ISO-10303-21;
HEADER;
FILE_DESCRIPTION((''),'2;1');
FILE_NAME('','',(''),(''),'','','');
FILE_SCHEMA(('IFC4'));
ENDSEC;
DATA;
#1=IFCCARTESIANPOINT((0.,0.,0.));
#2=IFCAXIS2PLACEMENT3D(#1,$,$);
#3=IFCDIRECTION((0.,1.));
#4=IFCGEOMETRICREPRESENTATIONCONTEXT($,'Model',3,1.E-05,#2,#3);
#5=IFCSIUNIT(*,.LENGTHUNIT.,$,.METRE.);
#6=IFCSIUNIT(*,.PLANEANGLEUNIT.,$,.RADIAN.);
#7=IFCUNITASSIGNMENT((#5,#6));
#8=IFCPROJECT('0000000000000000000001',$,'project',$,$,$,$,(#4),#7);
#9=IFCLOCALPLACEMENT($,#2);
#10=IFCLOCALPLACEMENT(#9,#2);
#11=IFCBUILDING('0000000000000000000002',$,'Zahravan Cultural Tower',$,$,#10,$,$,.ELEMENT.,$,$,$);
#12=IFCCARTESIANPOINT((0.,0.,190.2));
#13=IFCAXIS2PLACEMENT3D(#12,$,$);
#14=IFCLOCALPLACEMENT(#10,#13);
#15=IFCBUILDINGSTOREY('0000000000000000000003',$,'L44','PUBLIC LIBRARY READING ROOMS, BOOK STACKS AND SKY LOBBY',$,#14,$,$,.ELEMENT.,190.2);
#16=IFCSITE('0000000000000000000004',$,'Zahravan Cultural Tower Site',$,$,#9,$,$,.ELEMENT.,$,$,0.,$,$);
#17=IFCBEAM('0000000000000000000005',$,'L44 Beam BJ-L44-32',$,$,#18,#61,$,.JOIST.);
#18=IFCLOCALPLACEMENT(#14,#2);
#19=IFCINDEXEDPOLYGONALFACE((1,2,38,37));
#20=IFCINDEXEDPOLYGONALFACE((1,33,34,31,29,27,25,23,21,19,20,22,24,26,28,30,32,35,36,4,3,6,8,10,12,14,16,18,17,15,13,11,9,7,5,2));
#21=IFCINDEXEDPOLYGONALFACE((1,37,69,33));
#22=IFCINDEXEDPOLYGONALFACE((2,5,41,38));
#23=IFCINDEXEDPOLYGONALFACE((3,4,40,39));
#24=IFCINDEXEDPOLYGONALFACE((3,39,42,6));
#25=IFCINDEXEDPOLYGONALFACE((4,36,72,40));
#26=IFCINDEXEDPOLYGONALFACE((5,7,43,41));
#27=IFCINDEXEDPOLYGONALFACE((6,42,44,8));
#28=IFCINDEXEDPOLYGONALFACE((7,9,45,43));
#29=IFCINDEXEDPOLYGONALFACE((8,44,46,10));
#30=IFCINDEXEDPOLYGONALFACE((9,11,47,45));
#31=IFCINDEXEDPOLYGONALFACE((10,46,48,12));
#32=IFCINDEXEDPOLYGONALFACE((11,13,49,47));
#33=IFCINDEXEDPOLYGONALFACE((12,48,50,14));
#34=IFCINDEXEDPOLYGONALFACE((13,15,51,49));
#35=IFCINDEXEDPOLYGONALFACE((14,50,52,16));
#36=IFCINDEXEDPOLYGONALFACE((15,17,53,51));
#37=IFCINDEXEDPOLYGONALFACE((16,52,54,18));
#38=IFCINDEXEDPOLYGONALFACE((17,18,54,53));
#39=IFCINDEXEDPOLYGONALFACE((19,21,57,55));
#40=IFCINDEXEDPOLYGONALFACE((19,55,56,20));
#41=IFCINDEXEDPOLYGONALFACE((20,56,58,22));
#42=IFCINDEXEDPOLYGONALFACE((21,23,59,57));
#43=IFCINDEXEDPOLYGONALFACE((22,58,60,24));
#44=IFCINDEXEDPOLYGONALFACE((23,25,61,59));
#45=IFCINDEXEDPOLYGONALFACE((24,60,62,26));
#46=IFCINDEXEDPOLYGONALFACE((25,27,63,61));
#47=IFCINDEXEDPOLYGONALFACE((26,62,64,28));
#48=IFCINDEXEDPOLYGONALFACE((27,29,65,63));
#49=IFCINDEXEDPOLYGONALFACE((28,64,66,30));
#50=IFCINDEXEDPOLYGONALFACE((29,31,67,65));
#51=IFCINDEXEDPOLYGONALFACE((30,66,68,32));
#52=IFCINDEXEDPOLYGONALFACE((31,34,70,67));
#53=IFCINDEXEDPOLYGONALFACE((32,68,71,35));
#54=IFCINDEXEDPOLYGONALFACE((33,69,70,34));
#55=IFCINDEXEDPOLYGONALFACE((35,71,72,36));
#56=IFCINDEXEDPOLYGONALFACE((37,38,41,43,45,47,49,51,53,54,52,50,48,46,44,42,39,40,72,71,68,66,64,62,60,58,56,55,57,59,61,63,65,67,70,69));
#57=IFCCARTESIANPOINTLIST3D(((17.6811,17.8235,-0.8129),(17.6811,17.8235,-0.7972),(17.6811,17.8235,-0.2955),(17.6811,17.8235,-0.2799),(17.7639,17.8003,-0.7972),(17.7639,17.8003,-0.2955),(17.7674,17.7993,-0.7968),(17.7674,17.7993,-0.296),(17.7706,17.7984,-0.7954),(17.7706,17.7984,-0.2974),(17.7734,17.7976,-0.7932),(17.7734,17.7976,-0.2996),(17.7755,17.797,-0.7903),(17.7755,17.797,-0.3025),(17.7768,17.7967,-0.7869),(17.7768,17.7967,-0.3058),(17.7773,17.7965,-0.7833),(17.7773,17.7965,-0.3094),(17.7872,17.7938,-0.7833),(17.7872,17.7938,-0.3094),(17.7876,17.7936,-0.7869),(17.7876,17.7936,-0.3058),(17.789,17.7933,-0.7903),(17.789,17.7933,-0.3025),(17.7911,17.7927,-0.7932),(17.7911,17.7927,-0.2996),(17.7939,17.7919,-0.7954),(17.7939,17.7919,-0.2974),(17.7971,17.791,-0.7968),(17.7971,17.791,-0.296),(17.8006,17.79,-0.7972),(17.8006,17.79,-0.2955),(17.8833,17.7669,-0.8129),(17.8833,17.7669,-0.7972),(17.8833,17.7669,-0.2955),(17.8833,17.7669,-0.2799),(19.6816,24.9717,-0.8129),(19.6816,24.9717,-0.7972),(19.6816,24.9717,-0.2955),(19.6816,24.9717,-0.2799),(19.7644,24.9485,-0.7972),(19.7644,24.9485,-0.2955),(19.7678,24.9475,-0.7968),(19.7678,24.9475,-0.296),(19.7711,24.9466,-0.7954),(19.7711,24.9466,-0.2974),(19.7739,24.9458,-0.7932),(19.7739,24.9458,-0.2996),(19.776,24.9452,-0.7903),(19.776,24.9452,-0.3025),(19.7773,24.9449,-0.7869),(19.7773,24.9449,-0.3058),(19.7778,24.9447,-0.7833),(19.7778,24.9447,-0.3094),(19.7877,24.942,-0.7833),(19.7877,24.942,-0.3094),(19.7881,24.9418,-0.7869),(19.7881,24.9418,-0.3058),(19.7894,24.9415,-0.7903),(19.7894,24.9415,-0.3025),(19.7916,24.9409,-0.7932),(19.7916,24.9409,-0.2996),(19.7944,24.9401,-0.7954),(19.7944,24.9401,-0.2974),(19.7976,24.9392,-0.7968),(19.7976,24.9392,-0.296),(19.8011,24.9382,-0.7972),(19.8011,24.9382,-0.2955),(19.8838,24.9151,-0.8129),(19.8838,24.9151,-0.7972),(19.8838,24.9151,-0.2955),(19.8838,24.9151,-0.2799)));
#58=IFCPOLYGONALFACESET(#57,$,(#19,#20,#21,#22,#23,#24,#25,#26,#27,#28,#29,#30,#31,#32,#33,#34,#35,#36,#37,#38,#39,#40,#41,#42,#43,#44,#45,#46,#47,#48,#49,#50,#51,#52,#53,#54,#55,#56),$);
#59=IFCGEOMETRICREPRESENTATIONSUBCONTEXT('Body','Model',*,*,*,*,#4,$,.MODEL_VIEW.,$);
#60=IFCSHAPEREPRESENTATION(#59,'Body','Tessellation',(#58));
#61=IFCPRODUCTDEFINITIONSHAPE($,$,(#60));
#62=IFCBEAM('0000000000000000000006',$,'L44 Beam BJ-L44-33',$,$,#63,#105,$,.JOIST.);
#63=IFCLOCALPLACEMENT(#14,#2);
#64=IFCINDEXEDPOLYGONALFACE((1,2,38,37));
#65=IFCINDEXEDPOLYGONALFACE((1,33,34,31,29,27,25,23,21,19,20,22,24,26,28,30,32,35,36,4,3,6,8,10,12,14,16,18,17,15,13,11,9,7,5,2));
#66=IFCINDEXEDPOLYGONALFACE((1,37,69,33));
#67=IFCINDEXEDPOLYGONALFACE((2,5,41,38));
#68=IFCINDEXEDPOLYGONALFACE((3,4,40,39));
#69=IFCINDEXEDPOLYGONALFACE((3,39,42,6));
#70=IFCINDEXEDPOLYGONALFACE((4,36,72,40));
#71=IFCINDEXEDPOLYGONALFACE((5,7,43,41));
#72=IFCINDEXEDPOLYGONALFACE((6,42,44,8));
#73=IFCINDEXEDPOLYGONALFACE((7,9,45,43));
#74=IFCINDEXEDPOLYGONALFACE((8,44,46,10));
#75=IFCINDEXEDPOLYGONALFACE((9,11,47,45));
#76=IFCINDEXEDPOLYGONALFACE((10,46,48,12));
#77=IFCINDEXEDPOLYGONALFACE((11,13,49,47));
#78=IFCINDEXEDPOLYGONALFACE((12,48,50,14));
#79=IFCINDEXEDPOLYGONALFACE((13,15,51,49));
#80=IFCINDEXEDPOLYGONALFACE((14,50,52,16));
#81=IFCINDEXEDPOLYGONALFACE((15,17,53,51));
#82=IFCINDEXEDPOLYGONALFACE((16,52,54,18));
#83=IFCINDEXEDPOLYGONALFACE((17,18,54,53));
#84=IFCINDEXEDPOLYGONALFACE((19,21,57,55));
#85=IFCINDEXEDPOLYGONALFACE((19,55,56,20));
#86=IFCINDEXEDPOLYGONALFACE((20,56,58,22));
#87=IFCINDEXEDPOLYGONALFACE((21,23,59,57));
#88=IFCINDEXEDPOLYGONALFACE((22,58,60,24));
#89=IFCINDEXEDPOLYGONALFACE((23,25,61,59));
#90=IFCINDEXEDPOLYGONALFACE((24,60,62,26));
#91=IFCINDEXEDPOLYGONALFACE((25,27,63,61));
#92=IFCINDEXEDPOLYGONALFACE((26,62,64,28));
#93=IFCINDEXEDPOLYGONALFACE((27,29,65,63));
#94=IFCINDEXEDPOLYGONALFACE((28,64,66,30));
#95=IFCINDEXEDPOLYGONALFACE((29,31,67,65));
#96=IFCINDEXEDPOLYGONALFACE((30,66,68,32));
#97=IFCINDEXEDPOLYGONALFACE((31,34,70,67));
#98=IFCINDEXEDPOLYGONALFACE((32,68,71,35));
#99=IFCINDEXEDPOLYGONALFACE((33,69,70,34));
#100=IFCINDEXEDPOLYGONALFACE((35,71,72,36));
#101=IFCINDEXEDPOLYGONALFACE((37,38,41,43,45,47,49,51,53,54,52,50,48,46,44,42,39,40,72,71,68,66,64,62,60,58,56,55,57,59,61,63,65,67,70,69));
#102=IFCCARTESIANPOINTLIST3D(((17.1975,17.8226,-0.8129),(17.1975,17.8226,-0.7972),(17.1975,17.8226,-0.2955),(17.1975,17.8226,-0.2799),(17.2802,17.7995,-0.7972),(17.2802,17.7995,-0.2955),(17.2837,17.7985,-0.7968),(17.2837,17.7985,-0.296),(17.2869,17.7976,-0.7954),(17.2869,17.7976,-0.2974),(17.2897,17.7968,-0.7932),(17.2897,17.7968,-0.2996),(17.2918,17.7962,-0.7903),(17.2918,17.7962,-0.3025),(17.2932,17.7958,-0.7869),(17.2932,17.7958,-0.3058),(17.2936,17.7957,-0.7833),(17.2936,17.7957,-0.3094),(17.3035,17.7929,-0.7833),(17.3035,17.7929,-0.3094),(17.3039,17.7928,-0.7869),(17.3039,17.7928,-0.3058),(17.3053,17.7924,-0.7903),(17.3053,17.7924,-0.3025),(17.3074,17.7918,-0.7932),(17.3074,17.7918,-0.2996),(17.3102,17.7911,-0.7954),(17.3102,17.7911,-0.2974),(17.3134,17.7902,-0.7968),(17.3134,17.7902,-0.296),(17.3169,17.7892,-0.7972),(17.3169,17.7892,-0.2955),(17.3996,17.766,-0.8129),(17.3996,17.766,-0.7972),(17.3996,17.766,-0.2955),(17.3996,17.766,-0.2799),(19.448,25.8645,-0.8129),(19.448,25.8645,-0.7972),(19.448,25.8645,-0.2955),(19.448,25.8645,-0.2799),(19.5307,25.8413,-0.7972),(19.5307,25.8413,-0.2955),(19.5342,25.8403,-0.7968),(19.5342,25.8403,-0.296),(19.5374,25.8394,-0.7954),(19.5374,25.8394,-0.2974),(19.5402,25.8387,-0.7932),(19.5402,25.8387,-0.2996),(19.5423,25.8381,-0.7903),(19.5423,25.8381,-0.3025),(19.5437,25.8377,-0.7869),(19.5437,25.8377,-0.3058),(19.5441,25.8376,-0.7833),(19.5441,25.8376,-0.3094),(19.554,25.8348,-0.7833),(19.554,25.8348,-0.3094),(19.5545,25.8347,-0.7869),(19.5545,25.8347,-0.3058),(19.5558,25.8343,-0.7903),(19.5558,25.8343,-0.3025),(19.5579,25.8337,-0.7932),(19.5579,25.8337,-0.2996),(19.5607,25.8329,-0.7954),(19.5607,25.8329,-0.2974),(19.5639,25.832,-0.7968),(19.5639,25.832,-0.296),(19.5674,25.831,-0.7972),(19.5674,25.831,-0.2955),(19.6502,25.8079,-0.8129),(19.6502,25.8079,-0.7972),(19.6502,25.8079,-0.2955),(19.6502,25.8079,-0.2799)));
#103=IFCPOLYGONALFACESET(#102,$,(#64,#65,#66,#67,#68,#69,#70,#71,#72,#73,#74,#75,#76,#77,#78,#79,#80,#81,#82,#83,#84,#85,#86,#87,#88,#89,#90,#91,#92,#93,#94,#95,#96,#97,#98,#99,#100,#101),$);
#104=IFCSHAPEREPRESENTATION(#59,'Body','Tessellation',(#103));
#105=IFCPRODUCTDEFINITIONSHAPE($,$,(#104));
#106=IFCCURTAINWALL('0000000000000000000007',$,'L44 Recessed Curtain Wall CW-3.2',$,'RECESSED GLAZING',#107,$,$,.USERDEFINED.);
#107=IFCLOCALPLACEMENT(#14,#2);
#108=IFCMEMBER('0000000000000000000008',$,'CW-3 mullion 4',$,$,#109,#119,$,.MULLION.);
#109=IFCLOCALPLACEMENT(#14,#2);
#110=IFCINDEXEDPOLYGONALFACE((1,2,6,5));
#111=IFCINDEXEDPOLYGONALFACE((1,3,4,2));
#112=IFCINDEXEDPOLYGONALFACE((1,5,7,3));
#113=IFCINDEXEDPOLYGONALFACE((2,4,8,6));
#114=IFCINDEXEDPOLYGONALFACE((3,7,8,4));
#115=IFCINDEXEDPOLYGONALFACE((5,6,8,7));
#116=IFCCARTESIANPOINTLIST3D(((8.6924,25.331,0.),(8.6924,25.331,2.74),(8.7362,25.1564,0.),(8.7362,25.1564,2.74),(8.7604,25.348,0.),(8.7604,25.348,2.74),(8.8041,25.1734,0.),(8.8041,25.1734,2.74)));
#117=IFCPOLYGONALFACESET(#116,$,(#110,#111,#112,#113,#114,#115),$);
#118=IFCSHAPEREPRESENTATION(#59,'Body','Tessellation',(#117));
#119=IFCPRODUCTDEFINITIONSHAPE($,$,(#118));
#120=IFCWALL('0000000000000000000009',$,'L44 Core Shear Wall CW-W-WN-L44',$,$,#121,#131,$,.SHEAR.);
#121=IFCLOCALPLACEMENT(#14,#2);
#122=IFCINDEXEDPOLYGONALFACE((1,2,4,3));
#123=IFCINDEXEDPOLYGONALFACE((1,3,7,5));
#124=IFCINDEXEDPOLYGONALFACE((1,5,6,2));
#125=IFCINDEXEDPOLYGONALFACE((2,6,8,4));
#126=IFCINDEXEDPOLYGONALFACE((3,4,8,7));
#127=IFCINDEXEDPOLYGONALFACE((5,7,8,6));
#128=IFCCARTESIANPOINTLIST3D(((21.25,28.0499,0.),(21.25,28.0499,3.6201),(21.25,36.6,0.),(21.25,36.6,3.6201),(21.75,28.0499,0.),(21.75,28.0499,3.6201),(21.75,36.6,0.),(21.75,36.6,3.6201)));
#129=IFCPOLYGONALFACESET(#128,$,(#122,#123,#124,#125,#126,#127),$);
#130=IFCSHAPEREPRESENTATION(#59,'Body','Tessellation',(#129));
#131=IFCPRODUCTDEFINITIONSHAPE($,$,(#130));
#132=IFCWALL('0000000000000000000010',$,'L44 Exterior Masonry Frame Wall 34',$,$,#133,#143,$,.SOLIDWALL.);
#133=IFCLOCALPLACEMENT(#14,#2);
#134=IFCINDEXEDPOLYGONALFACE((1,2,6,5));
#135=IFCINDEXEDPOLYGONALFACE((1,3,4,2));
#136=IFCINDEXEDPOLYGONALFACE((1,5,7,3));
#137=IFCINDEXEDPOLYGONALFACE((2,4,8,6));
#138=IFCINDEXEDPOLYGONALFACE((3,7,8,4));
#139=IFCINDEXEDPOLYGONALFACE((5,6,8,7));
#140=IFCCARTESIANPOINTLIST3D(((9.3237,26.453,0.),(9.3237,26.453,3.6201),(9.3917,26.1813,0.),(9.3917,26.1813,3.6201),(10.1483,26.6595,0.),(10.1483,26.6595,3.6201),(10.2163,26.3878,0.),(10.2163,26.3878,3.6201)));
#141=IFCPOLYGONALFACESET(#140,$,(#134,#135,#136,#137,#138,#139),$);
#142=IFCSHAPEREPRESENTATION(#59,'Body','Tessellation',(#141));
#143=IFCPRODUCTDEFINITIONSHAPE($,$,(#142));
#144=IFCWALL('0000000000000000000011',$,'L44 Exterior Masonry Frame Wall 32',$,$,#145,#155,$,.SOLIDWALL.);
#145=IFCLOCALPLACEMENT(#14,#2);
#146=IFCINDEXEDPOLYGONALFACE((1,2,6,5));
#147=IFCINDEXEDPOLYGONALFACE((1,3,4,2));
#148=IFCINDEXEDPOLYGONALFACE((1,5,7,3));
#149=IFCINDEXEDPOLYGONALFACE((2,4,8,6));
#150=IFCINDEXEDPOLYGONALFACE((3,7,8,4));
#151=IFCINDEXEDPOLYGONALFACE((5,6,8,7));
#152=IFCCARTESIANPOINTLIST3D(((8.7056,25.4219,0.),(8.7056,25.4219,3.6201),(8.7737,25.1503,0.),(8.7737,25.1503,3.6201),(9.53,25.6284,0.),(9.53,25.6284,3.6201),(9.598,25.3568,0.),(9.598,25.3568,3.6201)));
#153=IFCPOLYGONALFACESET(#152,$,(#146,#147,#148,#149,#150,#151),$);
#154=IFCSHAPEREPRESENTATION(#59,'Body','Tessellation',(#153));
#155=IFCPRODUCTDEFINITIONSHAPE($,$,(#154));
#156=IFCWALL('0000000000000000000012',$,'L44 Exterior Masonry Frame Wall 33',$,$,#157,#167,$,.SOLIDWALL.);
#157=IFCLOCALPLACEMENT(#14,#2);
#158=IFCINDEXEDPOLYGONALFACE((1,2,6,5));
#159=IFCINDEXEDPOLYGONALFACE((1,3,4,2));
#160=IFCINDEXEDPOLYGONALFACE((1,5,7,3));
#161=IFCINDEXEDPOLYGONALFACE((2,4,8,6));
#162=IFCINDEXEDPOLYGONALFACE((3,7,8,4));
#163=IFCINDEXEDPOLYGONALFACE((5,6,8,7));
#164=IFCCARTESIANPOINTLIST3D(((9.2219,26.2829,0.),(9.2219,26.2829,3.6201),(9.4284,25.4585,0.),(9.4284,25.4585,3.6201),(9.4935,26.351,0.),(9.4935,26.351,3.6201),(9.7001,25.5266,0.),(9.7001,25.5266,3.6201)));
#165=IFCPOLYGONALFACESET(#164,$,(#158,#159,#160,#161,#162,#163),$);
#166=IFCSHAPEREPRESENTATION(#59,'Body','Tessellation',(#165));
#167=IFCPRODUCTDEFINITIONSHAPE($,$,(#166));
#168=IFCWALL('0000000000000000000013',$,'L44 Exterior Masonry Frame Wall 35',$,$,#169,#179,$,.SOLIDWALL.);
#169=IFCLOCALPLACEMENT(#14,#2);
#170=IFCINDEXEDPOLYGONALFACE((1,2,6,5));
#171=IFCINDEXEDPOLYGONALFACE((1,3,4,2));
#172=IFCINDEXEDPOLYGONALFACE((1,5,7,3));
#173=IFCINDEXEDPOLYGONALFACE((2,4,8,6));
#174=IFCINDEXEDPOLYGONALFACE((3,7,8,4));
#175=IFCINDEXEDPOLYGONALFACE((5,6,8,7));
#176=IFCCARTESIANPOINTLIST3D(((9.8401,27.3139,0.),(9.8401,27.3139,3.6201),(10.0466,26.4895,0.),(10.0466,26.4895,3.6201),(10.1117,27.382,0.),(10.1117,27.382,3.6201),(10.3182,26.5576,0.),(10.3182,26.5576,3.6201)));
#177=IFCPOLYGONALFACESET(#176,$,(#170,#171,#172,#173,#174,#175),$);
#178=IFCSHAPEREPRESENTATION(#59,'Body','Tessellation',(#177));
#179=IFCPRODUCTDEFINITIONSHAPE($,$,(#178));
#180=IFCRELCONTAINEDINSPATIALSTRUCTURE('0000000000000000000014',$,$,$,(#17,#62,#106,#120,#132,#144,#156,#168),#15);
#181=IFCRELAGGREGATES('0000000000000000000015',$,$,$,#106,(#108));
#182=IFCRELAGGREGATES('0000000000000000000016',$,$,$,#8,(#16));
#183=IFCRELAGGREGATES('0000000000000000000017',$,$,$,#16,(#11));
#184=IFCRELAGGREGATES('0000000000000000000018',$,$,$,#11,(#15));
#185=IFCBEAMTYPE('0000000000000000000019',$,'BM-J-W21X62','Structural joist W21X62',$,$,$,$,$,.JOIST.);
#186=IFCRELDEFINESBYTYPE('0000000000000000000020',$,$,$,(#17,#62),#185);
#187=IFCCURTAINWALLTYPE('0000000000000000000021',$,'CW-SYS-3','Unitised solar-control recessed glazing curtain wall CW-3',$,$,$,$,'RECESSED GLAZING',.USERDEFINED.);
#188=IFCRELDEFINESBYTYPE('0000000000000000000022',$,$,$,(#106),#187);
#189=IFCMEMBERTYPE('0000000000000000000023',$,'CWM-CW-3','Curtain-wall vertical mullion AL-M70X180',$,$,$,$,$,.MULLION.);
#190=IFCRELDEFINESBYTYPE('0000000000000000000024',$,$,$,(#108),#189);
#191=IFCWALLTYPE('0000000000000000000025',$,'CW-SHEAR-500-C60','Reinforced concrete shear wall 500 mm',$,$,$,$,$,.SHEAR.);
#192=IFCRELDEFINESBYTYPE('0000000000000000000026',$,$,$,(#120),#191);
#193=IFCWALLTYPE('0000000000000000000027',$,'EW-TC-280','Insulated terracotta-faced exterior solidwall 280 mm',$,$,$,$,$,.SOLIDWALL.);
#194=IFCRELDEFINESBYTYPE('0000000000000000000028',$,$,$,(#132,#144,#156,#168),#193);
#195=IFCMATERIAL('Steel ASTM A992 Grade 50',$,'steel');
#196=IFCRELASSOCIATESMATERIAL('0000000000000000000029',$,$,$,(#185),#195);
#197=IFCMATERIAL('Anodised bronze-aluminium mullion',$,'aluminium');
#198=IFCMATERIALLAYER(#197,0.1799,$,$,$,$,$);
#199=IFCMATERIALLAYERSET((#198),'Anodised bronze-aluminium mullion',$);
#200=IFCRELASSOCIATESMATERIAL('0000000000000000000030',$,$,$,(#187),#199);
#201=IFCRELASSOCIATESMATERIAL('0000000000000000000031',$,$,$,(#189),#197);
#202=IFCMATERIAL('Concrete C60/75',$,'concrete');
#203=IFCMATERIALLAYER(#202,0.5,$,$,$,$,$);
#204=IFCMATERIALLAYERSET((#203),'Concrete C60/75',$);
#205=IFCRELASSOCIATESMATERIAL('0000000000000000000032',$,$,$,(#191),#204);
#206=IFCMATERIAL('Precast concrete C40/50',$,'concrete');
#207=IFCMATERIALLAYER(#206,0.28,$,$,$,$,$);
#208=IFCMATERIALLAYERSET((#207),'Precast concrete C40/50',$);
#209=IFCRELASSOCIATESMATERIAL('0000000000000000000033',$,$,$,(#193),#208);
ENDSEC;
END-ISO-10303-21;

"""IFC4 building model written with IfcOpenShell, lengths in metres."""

from ifc_helpers import new_model, si_unit, direction, frame, frame_2d, origin, origin_2d, place, context, subcontext, project, spatial, rectangle, i_section, extrude, source, transform, mapped, material, layer, layer_set, material_profile, profile_set, type_object, element, aggregate, save


model = new_model("IFC4")

# Units and contexts
model_context = context("Model", 3, precision=1e-05, world=origin(), true_north=direction((0.0, 1.0)))
body_context = subcontext(model_context, "Body", "Model", "MODEL_VIEW")
ifc_project = project(units=[si_unit("LENGTHUNIT", "METRE"), si_unit("PLANEANGLEUNIT", "RADIAN")], contexts=[model_context])

# Site, building, storey
site_placement = place(None, origin())
site = spatial("IfcSite", under=ifc_project, at=site_placement, Name="Zahravan Cultural Tower Site", CompositionType="ELEMENT", RefElevation=0.0)
building_placement = place(site_placement, origin())
building = spatial("IfcBuilding", under=site, at=building_placement, Name="Zahravan Cultural Tower", CompositionType="ELEMENT")
storey_placement = place(building_placement, frame((0.0, 0.0, 190.2)))
storey = spatial("IfcBuildingStorey", under=building, at=storey_placement, Name="L44", Description="PUBLIC LIBRARY READING ROOMS, BOOK STACKS AND SKY LOBBY", CompositionType="ELEMENT", Elevation=190.2)

# Shared definitions
ifc_material_1 = material(Name="Steel ASTM A992 Grade 50", Category="steel")

# Beams
ifc_material_profile_1 = material_profile(ifc_material_1, i_section(OverallWidth=0.21, OverallDepth=0.533, WebThickness=0.0103, FlangeThickness=0.0156, FilletRadius=0.0139, at=origin_2d()), Name="W21X62")
ifc_profile_set_1 = profile_set([ifc_material_profile_1], Name="Steel ASTM A992 Grade 50")
beam_type_1 = type_object("IfcBeamType", Name="BM-J-W21X62", Description="Structural joist W21X62", PredefinedType="JOIST", material=ifc_profile_set_1)
shared_shape_1 = source(origin(), body_context, "Body", "SweptSolid", [
    extrude(i_section(OverallWidth=0.21, OverallDepth=0.533, WebThickness=0.0103, FlangeThickness=0.0156, FilletRadius=0.0139, at=origin_2d()), origin(), (0.0, 0.0, 1.0), 7.4229),
])
beam_1_placement = place(storey_placement, frame((19.7827, 24.9434, -0.5464), z_axis=(-0.269504, -0.962999, 0.0), x_axis=(0.962999, -0.269504, 0.0)))
element("IfcBeam", 1, at=beam_1_placement, inside=storey, type_object=beam_type_1, Name="L44 Beam BJ-L44-32", PredefinedType="JOIST", context=body_context, shape_type="MappedRepresentation", body=[
    mapped(shared_shape_1, transform((0.0, 0.0, 0.0), x_axis=(1.0, 0.0, 0.0), y_axis=(0.0, 1.0, 0.0), z_axis=(0.0, 0.0, 1.0), scale=1.0)),
])
shared_shape_2 = source(origin(), body_context, "Body", "SweptSolid", [
    extrude(i_section(OverallWidth=0.21, OverallDepth=0.533, WebThickness=0.0103, FlangeThickness=0.0156, FilletRadius=0.0139, at=origin_2d()), origin(), (0.0, 0.0, 1.0), 8.3508),
])
beam_2_placement = place(storey_placement, frame((19.5491, 25.8362, -0.5464), z_axis=(-0.269497, -0.963001, 0.0), x_axis=(0.963001, -0.269497, 0.0)))
element("IfcBeam", 2, at=beam_2_placement, inside=storey, type_object=beam_type_1, Name="L44 Beam BJ-L44-33", PredefinedType="JOIST", context=body_context, shape_type="MappedRepresentation", body=[
    mapped(shared_shape_2, transform((0.0, 0.0, 0.0), x_axis=(1.0, 0.0, 0.0), y_axis=(0.0, 1.0, 0.0), z_axis=(0.0, 0.0, 1.0), scale=1.0)),
])

# Curtain wall, member
ifc_material_2 = material(Name="Anodised bronze-aluminium mullion", Category="aluminium")
ifc_layer_1 = layer(ifc_material_2, 0.1799)
ifc_layer_set_1 = layer_set([ifc_layer_1], Name="Anodised bronze-aluminium mullion")
curtain_wall_type = type_object("IfcCurtainWallType", Name="CW-SYS-3", Description="Unitised solar-control recessed glazing curtain wall CW-3", ElementType="RECESSED GLAZING", PredefinedType="USERDEFINED", material=ifc_layer_set_1)
curtain_wall_placement = place(storey_placement, origin())
curtain_wall = element("IfcCurtainWall", 3, at=curtain_wall_placement, inside=storey, type_object=curtain_wall_type, Name="L44 Recessed Curtain Wall CW-3.2", ObjectType="RECESSED GLAZING", PredefinedType="USERDEFINED")
ifc_material_profile_2 = material_profile(ifc_material_2, rectangle(XDim=0.0701, YDim=0.1799, at=origin_2d()), Name="AL-M70X180")
ifc_profile_set_2 = profile_set([ifc_material_profile_2], Name="Anodised bronze-aluminium mullion")
member_type = type_object("IfcMemberType", Name="CWM-CW-3", Description="Curtain-wall vertical mullion AL-M70X180", PredefinedType="MULLION", material=ifc_profile_set_2)
shared_shape_3 = source(origin(), body_context, "Body", "SweptSolid", [
    extrude(rectangle(XDim=0.0701, YDim=0.1799, at=origin_2d()), origin(), (0.0, 0.0, 1.0), 2.74),
])
member_placement = place(storey_placement, frame((8.7483, 25.2522, 0.0), z_axis=(0.0, 0.0, 1.0), x_axis=(-0.97004, -0.242944, 0.0)))
member = element("IfcMember", 4, at=member_placement, type_object=member_type, Name="CW-3 mullion 4", PredefinedType="MULLION", context=body_context, shape_type="MappedRepresentation", body=[
    mapped(shared_shape_3, transform((0.0, 0.0, 0.0), x_axis=(1.0, 0.0, 0.0), y_axis=(0.0, 1.0, 0.0), z_axis=(0.0, 0.0, 1.0), scale=1.0)),
])
aggregate(curtain_wall, [member])

# Walls
ifc_material_3 = material(Name="Concrete C60/75", Category="concrete")
ifc_layer_2 = layer(ifc_material_3, 0.5)
ifc_layer_set_2 = layer_set([ifc_layer_2], Name="Concrete C60/75")
wall_type_1 = type_object("IfcWallType", Name="CW-SHEAR-500-C60", Description="Reinforced concrete shear wall 500 mm", PredefinedType="SHEAR", material=ifc_layer_set_2)
shared_shape_4 = source(origin(), body_context, "Body", "SweptSolid", [
    extrude(rectangle(XDim=8.55, YDim=0.5, at=frame_2d((4.2749, 0.0))), origin(), (0.0, 0.0, 1.0), 3.6201),
])
wall_1_placement = place(storey_placement, frame((21.5, 28.05, 0.0), z_axis=(0.0, 0.0, 1.0), x_axis=(0.0, 1.0, 0.0)))
element("IfcWall", 5, at=wall_1_placement, inside=storey, type_object=wall_type_1, Name="L44 Core Shear Wall CW-W-WN-L44", PredefinedType="SHEAR", context=body_context, shape_type="MappedRepresentation", body=[
    mapped(shared_shape_4, transform((0.0, 0.0, 0.0), x_axis=(1.0, 0.0, 0.0), y_axis=(0.0, 1.0, 0.0), z_axis=(0.0, 0.0, 1.0), scale=1.0)),
])
ifc_material_4 = material(Name="Precast concrete C40/50", Category="concrete")
ifc_layer_3 = layer(ifc_material_4, 0.28)
ifc_layer_set_3 = layer_set([ifc_layer_3], Name="Precast concrete C40/50")
wall_type_2 = type_object("IfcWallType", Name="EW-TC-280", Description="Insulated terracotta-faced exterior solidwall 280 mm", PredefinedType="SOLIDWALL", material=ifc_layer_set_3)
shared_shape_5 = source(origin(), body_context, "Body", "SweptSolid", [
    extrude(rectangle(XDim=0.8501, YDim=0.28, at=frame_2d((0.425, 0.0))), origin(), (0.0, 0.0, 1.0), 3.6201),
])
wall_2_placement = place(storey_placement, frame((9.3577, 26.3171, 0.0), z_axis=(0.0, 0.0, 1.0), x_axis=(0.970041, 0.242941, 0.0)))
element("IfcWall", 6, at=wall_2_placement, inside=storey, type_object=wall_type_2, Name="L44 Exterior Masonry Frame Wall 34", PredefinedType="SOLIDWALL", context=body_context, shape_type="MappedRepresentation", body=[
    mapped(shared_shape_5, transform((0.0, 0.0, 0.0), x_axis=(1.0, 0.0, 0.0), y_axis=(0.0, 1.0, 0.0), z_axis=(0.0, 0.0, 1.0), scale=1.0)),
])
shared_shape_6 = source(origin(), body_context, "Body", "SweptSolid", [
    extrude(rectangle(XDim=0.8499, YDim=0.28, at=frame_2d((0.4248, 0.0))), origin(), (0.0, 0.0, 1.0), 3.6201),
])
for number, where, z_axis, x_axis, name in (
    (7, (8.7397, 25.2861, 0.0), (0.0, 0.0, 1.0), (0.970024, 0.243009, 0.0), "L44 Exterior Masonry Frame Wall 32"),
    (8, (9.5642, 25.4927, 0.0), (0.0, 0.0, 1.0), (-0.243009, 0.970024, 0.0), "L44 Exterior Masonry Frame Wall 33"),
    (9, (10.1824, 26.5237, 0.0), (0.0, 0.0, 1.0), (-0.243009, 0.970024, 0.0), "L44 Exterior Masonry Frame Wall 35"),
):
    element("IfcWall", number, at=place(storey_placement, frame(where, z_axis=z_axis, x_axis=x_axis)), inside=storey, type_object=wall_type_2, Name=name, PredefinedType="SOLIDWALL", context=body_context, shape_type="MappedRepresentation", body=[
        mapped(shared_shape_6, transform((0.0, 0.0, 0.0), x_axis=(1.0, 0.0, 0.0), y_axis=(0.0, 1.0, 0.0), z_axis=(0.0, 0.0, 1.0), scale=1.0)),
    ])

save(model, "model.ifc")
